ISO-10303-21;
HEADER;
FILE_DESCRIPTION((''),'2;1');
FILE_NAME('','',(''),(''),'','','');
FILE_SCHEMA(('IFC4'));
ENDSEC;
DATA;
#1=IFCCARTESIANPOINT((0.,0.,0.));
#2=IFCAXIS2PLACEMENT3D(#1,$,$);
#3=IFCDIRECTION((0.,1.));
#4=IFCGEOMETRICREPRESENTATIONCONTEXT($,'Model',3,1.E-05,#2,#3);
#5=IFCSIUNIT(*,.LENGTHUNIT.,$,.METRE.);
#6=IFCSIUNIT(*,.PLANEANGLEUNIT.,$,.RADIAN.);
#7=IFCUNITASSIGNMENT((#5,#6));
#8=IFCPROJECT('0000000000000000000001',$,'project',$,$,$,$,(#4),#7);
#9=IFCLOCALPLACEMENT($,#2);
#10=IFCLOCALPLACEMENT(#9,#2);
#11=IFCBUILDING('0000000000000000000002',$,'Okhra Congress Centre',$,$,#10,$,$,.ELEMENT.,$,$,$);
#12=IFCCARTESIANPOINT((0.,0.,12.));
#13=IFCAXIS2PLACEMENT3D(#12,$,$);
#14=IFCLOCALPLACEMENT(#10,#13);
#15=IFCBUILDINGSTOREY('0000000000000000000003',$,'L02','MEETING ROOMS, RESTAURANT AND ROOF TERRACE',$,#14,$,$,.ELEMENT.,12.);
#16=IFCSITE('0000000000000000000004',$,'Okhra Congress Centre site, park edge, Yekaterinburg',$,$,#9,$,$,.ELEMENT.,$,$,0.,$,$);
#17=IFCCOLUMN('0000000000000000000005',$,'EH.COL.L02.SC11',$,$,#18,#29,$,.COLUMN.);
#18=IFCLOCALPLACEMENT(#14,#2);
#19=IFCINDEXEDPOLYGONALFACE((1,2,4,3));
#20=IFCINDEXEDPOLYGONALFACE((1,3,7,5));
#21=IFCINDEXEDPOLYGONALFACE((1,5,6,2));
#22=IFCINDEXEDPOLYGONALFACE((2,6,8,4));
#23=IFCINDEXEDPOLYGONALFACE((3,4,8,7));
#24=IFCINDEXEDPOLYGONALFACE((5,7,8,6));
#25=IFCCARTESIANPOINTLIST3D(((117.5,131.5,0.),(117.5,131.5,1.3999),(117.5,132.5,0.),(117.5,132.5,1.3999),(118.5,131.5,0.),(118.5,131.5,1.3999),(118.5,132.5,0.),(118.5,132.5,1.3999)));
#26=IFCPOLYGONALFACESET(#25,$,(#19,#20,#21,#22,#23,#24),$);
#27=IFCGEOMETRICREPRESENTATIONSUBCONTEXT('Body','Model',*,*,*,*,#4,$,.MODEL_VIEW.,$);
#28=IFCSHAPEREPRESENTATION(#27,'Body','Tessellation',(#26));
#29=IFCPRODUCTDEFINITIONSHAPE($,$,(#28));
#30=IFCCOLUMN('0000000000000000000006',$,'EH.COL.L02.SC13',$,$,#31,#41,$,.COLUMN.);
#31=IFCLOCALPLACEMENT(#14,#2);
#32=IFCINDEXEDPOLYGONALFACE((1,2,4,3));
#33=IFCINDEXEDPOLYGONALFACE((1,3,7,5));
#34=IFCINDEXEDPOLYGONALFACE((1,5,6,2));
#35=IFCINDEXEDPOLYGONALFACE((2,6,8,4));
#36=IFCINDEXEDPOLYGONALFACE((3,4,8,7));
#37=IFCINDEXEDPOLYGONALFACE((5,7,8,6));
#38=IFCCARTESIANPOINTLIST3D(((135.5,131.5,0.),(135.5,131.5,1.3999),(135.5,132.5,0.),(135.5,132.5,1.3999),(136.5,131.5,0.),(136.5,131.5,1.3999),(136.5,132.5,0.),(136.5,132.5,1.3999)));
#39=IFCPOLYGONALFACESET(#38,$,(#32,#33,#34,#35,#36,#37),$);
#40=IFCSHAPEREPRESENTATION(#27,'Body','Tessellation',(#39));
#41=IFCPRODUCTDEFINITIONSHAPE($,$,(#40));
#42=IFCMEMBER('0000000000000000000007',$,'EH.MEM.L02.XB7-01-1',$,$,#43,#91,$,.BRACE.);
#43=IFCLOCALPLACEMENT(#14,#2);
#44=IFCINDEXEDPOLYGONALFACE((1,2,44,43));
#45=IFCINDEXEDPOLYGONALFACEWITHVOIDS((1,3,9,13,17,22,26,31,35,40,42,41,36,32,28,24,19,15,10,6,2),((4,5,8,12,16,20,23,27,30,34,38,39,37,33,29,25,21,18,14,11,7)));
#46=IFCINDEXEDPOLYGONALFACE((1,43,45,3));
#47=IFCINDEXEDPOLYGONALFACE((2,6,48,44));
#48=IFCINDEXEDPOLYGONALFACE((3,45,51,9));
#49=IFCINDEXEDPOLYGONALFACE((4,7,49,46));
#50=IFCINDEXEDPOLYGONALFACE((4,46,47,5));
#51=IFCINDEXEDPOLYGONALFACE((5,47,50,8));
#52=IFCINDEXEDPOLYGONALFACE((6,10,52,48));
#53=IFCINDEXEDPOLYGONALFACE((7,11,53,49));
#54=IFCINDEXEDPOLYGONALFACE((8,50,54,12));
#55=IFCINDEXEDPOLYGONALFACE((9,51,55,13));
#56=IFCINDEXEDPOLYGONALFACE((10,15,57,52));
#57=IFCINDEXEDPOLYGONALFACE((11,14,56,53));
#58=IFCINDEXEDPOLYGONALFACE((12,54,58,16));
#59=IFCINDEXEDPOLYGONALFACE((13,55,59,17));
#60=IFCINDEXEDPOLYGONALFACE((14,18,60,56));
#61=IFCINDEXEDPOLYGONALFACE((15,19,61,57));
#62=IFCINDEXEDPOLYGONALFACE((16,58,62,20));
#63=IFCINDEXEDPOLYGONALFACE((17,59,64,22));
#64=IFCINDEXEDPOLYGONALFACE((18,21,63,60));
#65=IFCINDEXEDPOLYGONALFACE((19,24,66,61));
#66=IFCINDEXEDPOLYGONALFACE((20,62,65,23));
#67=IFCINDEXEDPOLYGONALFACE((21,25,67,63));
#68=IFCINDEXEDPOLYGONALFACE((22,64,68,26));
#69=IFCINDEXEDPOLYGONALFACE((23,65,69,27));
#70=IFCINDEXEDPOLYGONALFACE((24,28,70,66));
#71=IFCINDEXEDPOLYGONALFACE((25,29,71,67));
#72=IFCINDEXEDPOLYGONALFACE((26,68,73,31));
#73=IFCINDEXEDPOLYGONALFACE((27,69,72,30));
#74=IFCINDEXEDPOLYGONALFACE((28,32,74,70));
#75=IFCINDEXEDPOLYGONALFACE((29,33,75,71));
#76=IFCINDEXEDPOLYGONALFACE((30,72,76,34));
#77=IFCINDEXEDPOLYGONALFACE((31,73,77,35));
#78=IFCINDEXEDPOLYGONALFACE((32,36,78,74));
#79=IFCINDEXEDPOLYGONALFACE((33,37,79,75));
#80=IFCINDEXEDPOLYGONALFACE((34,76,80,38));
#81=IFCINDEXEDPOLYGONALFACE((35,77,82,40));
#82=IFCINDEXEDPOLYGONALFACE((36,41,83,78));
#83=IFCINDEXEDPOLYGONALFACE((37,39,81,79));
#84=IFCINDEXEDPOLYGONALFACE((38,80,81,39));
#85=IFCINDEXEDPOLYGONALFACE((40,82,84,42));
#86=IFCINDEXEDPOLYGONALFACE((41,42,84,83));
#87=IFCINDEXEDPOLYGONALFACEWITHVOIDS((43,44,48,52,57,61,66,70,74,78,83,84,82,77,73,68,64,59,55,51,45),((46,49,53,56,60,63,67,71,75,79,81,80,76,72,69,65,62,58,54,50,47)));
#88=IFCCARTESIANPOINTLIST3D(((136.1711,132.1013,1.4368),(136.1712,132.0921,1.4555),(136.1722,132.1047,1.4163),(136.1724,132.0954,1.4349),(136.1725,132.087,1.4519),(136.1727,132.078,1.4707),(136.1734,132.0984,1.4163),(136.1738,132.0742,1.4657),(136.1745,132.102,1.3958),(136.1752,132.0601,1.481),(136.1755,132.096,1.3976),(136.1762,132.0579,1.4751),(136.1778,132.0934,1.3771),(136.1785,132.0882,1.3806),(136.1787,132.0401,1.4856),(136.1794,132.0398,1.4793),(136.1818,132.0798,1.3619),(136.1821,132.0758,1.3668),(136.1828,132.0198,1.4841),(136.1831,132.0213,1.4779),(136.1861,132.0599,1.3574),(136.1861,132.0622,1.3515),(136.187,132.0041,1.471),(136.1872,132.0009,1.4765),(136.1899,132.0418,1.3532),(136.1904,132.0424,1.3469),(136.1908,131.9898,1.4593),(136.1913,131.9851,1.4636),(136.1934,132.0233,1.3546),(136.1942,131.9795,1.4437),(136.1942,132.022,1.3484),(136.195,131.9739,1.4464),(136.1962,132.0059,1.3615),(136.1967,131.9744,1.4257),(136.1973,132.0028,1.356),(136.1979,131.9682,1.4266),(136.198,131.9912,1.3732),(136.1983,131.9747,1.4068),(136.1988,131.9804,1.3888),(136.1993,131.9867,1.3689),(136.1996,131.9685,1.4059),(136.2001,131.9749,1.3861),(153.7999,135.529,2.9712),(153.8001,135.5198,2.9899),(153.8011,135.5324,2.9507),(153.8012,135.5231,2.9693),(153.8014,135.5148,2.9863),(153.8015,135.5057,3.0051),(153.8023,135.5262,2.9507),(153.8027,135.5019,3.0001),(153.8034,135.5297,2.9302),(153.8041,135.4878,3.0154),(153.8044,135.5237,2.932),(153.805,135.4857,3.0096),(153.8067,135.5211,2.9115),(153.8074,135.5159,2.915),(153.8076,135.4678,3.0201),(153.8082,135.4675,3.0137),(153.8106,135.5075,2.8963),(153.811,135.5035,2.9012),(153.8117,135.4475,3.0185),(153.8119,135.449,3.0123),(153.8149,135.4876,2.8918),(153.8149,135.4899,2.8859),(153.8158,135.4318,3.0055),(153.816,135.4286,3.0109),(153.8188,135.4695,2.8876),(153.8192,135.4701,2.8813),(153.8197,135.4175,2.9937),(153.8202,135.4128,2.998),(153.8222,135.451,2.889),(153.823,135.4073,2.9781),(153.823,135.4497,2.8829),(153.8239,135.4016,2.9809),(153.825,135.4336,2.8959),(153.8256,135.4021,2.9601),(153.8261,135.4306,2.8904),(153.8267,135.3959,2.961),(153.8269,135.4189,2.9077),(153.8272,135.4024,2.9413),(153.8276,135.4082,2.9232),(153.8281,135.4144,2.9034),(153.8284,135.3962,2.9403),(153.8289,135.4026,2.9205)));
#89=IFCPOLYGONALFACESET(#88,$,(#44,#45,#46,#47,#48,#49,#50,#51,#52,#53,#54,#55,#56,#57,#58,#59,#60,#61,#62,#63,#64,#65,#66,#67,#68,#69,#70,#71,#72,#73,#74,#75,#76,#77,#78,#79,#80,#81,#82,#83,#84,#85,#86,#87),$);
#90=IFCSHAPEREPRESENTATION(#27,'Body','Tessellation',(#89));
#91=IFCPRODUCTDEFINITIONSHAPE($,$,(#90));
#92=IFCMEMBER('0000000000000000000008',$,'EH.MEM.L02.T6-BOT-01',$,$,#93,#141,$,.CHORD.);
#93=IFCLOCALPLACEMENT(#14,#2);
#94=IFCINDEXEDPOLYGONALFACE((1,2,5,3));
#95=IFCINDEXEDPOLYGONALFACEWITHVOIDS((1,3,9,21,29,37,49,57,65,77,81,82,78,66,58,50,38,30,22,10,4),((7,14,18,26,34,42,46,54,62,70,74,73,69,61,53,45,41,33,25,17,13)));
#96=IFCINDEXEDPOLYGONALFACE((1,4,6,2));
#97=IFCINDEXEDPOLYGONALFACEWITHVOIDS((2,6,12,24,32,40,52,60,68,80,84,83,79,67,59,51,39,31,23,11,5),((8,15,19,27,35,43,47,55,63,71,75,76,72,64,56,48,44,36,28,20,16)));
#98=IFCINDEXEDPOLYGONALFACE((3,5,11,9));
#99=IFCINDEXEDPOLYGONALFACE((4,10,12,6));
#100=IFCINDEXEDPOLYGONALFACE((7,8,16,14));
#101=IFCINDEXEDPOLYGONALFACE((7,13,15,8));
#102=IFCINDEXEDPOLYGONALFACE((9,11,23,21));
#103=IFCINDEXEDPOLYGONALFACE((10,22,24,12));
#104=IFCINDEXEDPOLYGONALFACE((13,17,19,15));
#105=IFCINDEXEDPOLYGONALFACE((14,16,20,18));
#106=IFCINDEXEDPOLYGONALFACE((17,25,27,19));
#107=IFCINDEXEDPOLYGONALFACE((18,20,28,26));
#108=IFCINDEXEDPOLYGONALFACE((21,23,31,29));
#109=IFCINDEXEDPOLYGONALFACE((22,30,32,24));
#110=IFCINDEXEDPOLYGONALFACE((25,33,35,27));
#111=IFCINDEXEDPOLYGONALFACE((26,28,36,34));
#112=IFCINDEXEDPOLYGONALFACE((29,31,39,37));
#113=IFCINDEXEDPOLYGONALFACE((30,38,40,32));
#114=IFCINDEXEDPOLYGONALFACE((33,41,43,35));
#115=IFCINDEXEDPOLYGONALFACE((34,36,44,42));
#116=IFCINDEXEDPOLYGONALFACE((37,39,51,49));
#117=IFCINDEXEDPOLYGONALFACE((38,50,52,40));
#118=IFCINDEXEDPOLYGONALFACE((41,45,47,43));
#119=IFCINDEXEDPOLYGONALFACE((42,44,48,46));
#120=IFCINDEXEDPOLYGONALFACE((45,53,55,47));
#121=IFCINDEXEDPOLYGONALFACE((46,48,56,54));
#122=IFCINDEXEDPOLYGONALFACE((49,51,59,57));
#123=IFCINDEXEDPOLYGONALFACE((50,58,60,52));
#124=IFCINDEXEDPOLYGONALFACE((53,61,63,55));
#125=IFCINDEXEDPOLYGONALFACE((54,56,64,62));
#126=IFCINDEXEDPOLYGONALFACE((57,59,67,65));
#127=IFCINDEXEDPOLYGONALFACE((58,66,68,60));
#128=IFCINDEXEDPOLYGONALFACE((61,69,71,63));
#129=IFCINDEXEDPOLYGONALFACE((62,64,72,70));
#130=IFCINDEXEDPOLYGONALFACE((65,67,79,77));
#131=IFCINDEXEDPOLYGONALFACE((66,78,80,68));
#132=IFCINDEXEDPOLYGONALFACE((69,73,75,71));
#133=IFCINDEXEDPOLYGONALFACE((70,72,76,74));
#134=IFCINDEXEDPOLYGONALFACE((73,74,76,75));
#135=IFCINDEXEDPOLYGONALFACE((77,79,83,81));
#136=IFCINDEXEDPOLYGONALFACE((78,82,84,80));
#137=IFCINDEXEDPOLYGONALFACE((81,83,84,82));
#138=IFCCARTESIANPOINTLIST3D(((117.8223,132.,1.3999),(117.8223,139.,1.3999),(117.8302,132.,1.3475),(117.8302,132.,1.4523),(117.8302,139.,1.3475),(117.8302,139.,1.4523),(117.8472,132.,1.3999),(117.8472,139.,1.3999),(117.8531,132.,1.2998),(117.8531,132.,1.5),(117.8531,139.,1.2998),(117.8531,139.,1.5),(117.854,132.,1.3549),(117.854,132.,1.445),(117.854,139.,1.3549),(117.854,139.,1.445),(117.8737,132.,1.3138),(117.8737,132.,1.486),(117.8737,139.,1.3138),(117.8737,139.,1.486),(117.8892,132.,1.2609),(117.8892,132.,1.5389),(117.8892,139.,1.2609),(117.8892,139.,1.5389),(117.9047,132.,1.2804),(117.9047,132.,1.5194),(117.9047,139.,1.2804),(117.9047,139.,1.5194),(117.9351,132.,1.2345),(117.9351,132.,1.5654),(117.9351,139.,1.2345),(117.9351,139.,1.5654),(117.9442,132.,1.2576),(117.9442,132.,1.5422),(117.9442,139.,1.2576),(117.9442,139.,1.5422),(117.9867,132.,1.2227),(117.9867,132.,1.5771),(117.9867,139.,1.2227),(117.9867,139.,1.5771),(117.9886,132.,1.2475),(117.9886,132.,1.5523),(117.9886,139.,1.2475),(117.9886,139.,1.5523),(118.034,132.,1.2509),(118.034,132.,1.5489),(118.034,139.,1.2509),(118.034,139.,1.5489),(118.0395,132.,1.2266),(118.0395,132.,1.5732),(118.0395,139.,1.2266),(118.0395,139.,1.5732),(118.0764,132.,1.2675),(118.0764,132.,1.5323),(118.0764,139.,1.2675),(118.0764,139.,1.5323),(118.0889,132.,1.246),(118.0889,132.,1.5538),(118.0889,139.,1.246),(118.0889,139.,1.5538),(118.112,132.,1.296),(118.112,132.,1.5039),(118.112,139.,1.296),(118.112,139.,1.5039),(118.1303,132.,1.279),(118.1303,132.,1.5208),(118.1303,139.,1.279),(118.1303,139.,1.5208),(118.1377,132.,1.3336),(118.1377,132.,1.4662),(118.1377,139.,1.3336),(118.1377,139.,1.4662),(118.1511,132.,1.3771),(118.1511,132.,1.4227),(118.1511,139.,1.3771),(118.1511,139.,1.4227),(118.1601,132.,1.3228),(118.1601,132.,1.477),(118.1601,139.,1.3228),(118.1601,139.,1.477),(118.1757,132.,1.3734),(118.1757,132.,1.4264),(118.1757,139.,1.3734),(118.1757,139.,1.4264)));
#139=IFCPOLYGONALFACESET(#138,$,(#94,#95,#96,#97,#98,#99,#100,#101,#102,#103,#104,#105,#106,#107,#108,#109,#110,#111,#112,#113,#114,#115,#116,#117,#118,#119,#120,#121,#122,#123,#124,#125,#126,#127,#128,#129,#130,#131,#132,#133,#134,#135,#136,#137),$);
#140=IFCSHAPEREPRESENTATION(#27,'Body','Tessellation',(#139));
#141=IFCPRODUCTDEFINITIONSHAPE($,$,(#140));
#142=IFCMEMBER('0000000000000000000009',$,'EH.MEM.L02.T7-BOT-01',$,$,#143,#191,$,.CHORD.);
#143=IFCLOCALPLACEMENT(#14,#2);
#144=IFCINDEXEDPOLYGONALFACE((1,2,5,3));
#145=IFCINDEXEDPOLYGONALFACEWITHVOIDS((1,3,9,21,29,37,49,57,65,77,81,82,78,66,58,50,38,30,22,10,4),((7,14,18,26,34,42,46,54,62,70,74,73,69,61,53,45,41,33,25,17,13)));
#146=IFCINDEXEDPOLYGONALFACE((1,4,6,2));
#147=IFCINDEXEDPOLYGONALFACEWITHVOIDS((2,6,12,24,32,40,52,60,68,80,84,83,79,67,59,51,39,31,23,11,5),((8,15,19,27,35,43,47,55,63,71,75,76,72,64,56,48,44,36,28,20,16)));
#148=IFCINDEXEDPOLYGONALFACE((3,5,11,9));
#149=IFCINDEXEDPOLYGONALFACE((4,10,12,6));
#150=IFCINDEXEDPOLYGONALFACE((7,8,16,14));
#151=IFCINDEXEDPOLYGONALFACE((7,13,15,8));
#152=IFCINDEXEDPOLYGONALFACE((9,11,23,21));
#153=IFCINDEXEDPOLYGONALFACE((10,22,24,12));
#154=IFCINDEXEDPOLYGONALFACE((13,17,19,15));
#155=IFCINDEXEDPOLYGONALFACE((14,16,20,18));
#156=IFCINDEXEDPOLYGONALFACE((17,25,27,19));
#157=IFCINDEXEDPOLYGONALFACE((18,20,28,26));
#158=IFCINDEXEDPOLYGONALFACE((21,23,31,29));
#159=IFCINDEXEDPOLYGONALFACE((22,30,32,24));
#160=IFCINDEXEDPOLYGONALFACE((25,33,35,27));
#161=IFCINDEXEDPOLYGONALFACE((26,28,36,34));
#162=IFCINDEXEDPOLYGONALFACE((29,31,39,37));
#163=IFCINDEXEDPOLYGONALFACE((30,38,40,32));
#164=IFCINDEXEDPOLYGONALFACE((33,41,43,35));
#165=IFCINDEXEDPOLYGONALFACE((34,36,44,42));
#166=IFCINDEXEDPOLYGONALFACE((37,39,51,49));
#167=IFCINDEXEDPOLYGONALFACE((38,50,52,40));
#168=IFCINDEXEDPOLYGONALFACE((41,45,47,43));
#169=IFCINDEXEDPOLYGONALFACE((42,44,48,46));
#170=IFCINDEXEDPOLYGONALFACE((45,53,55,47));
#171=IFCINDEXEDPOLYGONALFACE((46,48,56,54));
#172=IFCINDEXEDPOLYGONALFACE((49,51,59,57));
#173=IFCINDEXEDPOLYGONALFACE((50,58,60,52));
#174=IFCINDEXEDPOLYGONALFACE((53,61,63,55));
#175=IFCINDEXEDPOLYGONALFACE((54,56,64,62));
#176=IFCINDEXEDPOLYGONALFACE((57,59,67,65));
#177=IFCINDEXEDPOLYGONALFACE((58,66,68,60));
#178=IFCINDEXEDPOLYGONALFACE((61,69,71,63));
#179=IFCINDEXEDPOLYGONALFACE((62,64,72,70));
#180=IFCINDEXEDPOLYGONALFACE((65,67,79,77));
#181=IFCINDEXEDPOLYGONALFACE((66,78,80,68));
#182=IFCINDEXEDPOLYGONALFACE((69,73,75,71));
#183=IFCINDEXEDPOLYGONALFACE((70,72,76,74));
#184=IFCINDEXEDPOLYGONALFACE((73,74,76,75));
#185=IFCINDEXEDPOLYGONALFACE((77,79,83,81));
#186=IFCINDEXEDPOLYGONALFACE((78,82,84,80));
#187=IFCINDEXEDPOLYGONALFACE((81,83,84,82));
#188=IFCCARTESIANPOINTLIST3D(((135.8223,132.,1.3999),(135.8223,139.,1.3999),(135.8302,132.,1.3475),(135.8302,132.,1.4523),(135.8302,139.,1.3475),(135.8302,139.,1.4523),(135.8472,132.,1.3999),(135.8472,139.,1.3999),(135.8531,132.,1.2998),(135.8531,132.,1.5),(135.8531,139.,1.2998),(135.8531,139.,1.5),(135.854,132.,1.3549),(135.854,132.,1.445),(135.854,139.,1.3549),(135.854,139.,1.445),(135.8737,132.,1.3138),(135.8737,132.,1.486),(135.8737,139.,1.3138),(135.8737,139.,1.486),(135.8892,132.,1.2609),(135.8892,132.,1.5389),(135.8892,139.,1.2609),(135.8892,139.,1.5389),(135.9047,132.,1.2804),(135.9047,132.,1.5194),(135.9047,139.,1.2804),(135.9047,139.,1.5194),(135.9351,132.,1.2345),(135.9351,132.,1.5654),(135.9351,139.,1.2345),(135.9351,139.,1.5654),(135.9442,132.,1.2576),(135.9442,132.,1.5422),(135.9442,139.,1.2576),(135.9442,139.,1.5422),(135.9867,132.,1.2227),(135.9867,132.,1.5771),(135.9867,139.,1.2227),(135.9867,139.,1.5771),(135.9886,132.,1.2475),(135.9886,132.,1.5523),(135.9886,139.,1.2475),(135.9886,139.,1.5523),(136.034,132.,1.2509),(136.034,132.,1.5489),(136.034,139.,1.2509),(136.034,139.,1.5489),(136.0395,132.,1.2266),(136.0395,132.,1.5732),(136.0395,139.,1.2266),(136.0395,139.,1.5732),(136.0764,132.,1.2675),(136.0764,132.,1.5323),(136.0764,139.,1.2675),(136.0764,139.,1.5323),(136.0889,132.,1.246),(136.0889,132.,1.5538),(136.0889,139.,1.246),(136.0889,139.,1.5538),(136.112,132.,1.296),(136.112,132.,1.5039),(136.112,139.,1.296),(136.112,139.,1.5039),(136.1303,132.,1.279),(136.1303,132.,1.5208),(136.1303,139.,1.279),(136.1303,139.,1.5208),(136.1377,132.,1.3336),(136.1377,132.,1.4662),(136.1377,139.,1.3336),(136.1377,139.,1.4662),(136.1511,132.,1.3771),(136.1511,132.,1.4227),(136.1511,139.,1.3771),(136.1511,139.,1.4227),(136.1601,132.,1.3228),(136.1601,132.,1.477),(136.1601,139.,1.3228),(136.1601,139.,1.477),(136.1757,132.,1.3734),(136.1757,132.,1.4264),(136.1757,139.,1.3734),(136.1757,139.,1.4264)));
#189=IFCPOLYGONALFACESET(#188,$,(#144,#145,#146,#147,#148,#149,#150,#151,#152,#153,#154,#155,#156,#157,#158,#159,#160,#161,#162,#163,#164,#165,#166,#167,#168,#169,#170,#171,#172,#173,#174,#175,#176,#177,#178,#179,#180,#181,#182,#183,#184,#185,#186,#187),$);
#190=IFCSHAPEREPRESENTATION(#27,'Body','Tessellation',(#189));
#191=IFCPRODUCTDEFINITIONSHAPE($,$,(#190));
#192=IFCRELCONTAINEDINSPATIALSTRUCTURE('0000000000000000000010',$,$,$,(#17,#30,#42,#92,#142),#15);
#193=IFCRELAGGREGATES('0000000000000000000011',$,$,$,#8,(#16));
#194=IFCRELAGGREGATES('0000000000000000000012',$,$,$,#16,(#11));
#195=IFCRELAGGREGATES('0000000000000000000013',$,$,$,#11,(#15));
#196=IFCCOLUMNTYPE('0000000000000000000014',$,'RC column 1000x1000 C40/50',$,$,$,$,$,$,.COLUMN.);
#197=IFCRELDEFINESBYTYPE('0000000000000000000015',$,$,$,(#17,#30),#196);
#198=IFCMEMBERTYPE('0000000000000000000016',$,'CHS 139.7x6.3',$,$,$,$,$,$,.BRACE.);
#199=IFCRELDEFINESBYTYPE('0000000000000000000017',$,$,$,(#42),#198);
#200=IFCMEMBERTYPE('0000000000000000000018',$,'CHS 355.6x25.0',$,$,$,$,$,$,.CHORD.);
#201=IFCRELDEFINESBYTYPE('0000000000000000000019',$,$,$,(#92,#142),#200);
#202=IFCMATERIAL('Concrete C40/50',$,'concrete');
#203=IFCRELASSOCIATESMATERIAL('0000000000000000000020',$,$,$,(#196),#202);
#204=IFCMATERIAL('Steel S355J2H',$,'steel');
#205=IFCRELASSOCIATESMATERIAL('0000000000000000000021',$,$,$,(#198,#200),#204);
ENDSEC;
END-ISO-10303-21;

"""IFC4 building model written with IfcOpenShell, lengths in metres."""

from ifc_helpers import new_model, si_unit, direction, frame, origin, origin_2d, place, context, subcontext, project, spatial, rectangle, hollow_circle, extrude, material, material_profile, profile_set, type_object, element, save


model = new_model("IFC4")

# Units and contexts
model_context = context("Model", 3, precision=1e-05, world=origin(), true_north=direction((0.0, 1.0)))
body_context = subcontext(model_context, "Body", "Model", "MODEL_VIEW")
ifc_project = project(units=[si_unit("LENGTHUNIT", "METRE"), si_unit("PLANEANGLEUNIT", "RADIAN")], contexts=[model_context])

# Site, building, storey
site_placement = place(None, origin())
site = spatial("IfcSite", under=ifc_project, at=site_placement, Name="Okhra Congress Centre site, park edge, Yekaterinburg", CompositionType="ELEMENT", RefElevation=0.0)
building_placement = place(site_placement, origin())
building = spatial("IfcBuilding", under=site, at=building_placement, Name="Okhra Congress Centre", CompositionType="ELEMENT")
storey_placement = place(building_placement, frame((0.0, 0.0, 12.0)))
storey = spatial("IfcBuildingStorey", under=building, at=storey_placement, Name="L02", Description="MEETING ROOMS, RESTAURANT AND ROOF TERRACE", CompositionType="ELEMENT", Elevation=12.0)

# Columns
ifc_material_1 = material(Name="Concrete C40/50", Category="concrete")
ifc_material_profile_1 = material_profile(ifc_material_1, rectangle(XDim=1.0, YDim=1.0, at=origin_2d()), Name="RC 1000x1000")
ifc_profile_set_1 = profile_set([ifc_material_profile_1], Name="Concrete C40/50")
column_type = type_object("IfcColumnType", Name="RC column 1000x1000 C40/50", PredefinedType="COLUMN", material=ifc_profile_set_1)
for number, where, z_axis, x_axis, name in (
    (1, (118.0, 132.0, 0.0), (0.0, 0.0, 1.0), (1.0, 0.0, 0.0), "EH.COL.L02.SC11"),
    (2, (136.0, 132.0, 0.0), (0.0, 0.0, 1.0), (1.0, 0.0, 0.0), "EH.COL.L02.SC13"),
):
    element("IfcColumn", number, at=place(storey_placement, frame(where, z_axis=z_axis, x_axis=x_axis)), inside=storey, type_object=column_type, Name=name, PredefinedType="COLUMN", context=body_context, shape_type="SweptSolid", body=[
        extrude(rectangle(XDim=1.0, YDim=1.0, at=origin_2d()), origin(), (0.0, 0.0, 1.0), 1.3999),
    ])

# Members
ifc_material_2 = material(Name="Steel S355J2H", Category="steel")
ifc_material_profile_2 = material_profile(ifc_material_2, hollow_circle(Radius=0.0698, WallThickness=0.0063, at=origin_2d()), Name="CHS 139.7x6.3")
ifc_profile_set_2 = profile_set([ifc_material_profile_2], Name="Steel S355J2H")
member_type_1 = type_object("IfcMemberType", Name="CHS 139.7x6.3", PredefinedType="BRACE", material=ifc_profile_set_2)
member_1_placement = place(storey_placement, frame((136.1855, 132.0361, 1.4163), z_axis=(0.978053, 0.190171, 0.08513), x_axis=(-0.190864, 0.981617, 0.0)))
element("IfcMember", 3, at=member_1_placement, inside=storey, type_object=member_type_1, Name="EH.MEM.L02.XB7-01-1", PredefinedType="BRACE", context=body_context, shape_type="SweptSolid", body=[
    extrude(hollow_circle(Radius=0.0698, WallThickness=0.0063, at=origin_2d()), origin(), (0.0, 0.0, 1.0), 18.0244),
])
ifc_material_profile_3 = material_profile(ifc_material_2, hollow_circle(Radius=0.1777, WallThickness=0.0249, at=origin_2d()), Name="CHS 355.6x25.0")
ifc_profile_set_3 = profile_set([ifc_material_profile_3], Name="Steel S355J2H")
member_type_2 = type_object("IfcMemberType", Name="CHS 355.6x25.0", PredefinedType="CHORD", material=ifc_profile_set_3)
for number, where, z_axis, x_axis, name in (
    (4, (118.0, 132.0, 1.3999), (0.0, 1.0, 0.0), (-1.0, 0.0, 0.0), "EH.MEM.L02.T6-BOT-01"),
    (5, (136.0, 132.0, 1.3999), (0.0, 1.0, 0.0), (-1.0, 0.0, 0.0), "EH.MEM.L02.T7-BOT-01"),
):
    element("IfcMember", number, at=place(storey_placement, frame(where, z_axis=z_axis, x_axis=x_axis)), inside=storey, type_object=member_type_2, Name=name, PredefinedType="CHORD", context=body_context, shape_type="SweptSolid", body=[
        extrude(hollow_circle(Radius=0.1777, WallThickness=0.0249, at=origin_2d()), origin(), (0.0, 0.0, 1.0), 7.0),
    ])

save(model, "model.ifc")
